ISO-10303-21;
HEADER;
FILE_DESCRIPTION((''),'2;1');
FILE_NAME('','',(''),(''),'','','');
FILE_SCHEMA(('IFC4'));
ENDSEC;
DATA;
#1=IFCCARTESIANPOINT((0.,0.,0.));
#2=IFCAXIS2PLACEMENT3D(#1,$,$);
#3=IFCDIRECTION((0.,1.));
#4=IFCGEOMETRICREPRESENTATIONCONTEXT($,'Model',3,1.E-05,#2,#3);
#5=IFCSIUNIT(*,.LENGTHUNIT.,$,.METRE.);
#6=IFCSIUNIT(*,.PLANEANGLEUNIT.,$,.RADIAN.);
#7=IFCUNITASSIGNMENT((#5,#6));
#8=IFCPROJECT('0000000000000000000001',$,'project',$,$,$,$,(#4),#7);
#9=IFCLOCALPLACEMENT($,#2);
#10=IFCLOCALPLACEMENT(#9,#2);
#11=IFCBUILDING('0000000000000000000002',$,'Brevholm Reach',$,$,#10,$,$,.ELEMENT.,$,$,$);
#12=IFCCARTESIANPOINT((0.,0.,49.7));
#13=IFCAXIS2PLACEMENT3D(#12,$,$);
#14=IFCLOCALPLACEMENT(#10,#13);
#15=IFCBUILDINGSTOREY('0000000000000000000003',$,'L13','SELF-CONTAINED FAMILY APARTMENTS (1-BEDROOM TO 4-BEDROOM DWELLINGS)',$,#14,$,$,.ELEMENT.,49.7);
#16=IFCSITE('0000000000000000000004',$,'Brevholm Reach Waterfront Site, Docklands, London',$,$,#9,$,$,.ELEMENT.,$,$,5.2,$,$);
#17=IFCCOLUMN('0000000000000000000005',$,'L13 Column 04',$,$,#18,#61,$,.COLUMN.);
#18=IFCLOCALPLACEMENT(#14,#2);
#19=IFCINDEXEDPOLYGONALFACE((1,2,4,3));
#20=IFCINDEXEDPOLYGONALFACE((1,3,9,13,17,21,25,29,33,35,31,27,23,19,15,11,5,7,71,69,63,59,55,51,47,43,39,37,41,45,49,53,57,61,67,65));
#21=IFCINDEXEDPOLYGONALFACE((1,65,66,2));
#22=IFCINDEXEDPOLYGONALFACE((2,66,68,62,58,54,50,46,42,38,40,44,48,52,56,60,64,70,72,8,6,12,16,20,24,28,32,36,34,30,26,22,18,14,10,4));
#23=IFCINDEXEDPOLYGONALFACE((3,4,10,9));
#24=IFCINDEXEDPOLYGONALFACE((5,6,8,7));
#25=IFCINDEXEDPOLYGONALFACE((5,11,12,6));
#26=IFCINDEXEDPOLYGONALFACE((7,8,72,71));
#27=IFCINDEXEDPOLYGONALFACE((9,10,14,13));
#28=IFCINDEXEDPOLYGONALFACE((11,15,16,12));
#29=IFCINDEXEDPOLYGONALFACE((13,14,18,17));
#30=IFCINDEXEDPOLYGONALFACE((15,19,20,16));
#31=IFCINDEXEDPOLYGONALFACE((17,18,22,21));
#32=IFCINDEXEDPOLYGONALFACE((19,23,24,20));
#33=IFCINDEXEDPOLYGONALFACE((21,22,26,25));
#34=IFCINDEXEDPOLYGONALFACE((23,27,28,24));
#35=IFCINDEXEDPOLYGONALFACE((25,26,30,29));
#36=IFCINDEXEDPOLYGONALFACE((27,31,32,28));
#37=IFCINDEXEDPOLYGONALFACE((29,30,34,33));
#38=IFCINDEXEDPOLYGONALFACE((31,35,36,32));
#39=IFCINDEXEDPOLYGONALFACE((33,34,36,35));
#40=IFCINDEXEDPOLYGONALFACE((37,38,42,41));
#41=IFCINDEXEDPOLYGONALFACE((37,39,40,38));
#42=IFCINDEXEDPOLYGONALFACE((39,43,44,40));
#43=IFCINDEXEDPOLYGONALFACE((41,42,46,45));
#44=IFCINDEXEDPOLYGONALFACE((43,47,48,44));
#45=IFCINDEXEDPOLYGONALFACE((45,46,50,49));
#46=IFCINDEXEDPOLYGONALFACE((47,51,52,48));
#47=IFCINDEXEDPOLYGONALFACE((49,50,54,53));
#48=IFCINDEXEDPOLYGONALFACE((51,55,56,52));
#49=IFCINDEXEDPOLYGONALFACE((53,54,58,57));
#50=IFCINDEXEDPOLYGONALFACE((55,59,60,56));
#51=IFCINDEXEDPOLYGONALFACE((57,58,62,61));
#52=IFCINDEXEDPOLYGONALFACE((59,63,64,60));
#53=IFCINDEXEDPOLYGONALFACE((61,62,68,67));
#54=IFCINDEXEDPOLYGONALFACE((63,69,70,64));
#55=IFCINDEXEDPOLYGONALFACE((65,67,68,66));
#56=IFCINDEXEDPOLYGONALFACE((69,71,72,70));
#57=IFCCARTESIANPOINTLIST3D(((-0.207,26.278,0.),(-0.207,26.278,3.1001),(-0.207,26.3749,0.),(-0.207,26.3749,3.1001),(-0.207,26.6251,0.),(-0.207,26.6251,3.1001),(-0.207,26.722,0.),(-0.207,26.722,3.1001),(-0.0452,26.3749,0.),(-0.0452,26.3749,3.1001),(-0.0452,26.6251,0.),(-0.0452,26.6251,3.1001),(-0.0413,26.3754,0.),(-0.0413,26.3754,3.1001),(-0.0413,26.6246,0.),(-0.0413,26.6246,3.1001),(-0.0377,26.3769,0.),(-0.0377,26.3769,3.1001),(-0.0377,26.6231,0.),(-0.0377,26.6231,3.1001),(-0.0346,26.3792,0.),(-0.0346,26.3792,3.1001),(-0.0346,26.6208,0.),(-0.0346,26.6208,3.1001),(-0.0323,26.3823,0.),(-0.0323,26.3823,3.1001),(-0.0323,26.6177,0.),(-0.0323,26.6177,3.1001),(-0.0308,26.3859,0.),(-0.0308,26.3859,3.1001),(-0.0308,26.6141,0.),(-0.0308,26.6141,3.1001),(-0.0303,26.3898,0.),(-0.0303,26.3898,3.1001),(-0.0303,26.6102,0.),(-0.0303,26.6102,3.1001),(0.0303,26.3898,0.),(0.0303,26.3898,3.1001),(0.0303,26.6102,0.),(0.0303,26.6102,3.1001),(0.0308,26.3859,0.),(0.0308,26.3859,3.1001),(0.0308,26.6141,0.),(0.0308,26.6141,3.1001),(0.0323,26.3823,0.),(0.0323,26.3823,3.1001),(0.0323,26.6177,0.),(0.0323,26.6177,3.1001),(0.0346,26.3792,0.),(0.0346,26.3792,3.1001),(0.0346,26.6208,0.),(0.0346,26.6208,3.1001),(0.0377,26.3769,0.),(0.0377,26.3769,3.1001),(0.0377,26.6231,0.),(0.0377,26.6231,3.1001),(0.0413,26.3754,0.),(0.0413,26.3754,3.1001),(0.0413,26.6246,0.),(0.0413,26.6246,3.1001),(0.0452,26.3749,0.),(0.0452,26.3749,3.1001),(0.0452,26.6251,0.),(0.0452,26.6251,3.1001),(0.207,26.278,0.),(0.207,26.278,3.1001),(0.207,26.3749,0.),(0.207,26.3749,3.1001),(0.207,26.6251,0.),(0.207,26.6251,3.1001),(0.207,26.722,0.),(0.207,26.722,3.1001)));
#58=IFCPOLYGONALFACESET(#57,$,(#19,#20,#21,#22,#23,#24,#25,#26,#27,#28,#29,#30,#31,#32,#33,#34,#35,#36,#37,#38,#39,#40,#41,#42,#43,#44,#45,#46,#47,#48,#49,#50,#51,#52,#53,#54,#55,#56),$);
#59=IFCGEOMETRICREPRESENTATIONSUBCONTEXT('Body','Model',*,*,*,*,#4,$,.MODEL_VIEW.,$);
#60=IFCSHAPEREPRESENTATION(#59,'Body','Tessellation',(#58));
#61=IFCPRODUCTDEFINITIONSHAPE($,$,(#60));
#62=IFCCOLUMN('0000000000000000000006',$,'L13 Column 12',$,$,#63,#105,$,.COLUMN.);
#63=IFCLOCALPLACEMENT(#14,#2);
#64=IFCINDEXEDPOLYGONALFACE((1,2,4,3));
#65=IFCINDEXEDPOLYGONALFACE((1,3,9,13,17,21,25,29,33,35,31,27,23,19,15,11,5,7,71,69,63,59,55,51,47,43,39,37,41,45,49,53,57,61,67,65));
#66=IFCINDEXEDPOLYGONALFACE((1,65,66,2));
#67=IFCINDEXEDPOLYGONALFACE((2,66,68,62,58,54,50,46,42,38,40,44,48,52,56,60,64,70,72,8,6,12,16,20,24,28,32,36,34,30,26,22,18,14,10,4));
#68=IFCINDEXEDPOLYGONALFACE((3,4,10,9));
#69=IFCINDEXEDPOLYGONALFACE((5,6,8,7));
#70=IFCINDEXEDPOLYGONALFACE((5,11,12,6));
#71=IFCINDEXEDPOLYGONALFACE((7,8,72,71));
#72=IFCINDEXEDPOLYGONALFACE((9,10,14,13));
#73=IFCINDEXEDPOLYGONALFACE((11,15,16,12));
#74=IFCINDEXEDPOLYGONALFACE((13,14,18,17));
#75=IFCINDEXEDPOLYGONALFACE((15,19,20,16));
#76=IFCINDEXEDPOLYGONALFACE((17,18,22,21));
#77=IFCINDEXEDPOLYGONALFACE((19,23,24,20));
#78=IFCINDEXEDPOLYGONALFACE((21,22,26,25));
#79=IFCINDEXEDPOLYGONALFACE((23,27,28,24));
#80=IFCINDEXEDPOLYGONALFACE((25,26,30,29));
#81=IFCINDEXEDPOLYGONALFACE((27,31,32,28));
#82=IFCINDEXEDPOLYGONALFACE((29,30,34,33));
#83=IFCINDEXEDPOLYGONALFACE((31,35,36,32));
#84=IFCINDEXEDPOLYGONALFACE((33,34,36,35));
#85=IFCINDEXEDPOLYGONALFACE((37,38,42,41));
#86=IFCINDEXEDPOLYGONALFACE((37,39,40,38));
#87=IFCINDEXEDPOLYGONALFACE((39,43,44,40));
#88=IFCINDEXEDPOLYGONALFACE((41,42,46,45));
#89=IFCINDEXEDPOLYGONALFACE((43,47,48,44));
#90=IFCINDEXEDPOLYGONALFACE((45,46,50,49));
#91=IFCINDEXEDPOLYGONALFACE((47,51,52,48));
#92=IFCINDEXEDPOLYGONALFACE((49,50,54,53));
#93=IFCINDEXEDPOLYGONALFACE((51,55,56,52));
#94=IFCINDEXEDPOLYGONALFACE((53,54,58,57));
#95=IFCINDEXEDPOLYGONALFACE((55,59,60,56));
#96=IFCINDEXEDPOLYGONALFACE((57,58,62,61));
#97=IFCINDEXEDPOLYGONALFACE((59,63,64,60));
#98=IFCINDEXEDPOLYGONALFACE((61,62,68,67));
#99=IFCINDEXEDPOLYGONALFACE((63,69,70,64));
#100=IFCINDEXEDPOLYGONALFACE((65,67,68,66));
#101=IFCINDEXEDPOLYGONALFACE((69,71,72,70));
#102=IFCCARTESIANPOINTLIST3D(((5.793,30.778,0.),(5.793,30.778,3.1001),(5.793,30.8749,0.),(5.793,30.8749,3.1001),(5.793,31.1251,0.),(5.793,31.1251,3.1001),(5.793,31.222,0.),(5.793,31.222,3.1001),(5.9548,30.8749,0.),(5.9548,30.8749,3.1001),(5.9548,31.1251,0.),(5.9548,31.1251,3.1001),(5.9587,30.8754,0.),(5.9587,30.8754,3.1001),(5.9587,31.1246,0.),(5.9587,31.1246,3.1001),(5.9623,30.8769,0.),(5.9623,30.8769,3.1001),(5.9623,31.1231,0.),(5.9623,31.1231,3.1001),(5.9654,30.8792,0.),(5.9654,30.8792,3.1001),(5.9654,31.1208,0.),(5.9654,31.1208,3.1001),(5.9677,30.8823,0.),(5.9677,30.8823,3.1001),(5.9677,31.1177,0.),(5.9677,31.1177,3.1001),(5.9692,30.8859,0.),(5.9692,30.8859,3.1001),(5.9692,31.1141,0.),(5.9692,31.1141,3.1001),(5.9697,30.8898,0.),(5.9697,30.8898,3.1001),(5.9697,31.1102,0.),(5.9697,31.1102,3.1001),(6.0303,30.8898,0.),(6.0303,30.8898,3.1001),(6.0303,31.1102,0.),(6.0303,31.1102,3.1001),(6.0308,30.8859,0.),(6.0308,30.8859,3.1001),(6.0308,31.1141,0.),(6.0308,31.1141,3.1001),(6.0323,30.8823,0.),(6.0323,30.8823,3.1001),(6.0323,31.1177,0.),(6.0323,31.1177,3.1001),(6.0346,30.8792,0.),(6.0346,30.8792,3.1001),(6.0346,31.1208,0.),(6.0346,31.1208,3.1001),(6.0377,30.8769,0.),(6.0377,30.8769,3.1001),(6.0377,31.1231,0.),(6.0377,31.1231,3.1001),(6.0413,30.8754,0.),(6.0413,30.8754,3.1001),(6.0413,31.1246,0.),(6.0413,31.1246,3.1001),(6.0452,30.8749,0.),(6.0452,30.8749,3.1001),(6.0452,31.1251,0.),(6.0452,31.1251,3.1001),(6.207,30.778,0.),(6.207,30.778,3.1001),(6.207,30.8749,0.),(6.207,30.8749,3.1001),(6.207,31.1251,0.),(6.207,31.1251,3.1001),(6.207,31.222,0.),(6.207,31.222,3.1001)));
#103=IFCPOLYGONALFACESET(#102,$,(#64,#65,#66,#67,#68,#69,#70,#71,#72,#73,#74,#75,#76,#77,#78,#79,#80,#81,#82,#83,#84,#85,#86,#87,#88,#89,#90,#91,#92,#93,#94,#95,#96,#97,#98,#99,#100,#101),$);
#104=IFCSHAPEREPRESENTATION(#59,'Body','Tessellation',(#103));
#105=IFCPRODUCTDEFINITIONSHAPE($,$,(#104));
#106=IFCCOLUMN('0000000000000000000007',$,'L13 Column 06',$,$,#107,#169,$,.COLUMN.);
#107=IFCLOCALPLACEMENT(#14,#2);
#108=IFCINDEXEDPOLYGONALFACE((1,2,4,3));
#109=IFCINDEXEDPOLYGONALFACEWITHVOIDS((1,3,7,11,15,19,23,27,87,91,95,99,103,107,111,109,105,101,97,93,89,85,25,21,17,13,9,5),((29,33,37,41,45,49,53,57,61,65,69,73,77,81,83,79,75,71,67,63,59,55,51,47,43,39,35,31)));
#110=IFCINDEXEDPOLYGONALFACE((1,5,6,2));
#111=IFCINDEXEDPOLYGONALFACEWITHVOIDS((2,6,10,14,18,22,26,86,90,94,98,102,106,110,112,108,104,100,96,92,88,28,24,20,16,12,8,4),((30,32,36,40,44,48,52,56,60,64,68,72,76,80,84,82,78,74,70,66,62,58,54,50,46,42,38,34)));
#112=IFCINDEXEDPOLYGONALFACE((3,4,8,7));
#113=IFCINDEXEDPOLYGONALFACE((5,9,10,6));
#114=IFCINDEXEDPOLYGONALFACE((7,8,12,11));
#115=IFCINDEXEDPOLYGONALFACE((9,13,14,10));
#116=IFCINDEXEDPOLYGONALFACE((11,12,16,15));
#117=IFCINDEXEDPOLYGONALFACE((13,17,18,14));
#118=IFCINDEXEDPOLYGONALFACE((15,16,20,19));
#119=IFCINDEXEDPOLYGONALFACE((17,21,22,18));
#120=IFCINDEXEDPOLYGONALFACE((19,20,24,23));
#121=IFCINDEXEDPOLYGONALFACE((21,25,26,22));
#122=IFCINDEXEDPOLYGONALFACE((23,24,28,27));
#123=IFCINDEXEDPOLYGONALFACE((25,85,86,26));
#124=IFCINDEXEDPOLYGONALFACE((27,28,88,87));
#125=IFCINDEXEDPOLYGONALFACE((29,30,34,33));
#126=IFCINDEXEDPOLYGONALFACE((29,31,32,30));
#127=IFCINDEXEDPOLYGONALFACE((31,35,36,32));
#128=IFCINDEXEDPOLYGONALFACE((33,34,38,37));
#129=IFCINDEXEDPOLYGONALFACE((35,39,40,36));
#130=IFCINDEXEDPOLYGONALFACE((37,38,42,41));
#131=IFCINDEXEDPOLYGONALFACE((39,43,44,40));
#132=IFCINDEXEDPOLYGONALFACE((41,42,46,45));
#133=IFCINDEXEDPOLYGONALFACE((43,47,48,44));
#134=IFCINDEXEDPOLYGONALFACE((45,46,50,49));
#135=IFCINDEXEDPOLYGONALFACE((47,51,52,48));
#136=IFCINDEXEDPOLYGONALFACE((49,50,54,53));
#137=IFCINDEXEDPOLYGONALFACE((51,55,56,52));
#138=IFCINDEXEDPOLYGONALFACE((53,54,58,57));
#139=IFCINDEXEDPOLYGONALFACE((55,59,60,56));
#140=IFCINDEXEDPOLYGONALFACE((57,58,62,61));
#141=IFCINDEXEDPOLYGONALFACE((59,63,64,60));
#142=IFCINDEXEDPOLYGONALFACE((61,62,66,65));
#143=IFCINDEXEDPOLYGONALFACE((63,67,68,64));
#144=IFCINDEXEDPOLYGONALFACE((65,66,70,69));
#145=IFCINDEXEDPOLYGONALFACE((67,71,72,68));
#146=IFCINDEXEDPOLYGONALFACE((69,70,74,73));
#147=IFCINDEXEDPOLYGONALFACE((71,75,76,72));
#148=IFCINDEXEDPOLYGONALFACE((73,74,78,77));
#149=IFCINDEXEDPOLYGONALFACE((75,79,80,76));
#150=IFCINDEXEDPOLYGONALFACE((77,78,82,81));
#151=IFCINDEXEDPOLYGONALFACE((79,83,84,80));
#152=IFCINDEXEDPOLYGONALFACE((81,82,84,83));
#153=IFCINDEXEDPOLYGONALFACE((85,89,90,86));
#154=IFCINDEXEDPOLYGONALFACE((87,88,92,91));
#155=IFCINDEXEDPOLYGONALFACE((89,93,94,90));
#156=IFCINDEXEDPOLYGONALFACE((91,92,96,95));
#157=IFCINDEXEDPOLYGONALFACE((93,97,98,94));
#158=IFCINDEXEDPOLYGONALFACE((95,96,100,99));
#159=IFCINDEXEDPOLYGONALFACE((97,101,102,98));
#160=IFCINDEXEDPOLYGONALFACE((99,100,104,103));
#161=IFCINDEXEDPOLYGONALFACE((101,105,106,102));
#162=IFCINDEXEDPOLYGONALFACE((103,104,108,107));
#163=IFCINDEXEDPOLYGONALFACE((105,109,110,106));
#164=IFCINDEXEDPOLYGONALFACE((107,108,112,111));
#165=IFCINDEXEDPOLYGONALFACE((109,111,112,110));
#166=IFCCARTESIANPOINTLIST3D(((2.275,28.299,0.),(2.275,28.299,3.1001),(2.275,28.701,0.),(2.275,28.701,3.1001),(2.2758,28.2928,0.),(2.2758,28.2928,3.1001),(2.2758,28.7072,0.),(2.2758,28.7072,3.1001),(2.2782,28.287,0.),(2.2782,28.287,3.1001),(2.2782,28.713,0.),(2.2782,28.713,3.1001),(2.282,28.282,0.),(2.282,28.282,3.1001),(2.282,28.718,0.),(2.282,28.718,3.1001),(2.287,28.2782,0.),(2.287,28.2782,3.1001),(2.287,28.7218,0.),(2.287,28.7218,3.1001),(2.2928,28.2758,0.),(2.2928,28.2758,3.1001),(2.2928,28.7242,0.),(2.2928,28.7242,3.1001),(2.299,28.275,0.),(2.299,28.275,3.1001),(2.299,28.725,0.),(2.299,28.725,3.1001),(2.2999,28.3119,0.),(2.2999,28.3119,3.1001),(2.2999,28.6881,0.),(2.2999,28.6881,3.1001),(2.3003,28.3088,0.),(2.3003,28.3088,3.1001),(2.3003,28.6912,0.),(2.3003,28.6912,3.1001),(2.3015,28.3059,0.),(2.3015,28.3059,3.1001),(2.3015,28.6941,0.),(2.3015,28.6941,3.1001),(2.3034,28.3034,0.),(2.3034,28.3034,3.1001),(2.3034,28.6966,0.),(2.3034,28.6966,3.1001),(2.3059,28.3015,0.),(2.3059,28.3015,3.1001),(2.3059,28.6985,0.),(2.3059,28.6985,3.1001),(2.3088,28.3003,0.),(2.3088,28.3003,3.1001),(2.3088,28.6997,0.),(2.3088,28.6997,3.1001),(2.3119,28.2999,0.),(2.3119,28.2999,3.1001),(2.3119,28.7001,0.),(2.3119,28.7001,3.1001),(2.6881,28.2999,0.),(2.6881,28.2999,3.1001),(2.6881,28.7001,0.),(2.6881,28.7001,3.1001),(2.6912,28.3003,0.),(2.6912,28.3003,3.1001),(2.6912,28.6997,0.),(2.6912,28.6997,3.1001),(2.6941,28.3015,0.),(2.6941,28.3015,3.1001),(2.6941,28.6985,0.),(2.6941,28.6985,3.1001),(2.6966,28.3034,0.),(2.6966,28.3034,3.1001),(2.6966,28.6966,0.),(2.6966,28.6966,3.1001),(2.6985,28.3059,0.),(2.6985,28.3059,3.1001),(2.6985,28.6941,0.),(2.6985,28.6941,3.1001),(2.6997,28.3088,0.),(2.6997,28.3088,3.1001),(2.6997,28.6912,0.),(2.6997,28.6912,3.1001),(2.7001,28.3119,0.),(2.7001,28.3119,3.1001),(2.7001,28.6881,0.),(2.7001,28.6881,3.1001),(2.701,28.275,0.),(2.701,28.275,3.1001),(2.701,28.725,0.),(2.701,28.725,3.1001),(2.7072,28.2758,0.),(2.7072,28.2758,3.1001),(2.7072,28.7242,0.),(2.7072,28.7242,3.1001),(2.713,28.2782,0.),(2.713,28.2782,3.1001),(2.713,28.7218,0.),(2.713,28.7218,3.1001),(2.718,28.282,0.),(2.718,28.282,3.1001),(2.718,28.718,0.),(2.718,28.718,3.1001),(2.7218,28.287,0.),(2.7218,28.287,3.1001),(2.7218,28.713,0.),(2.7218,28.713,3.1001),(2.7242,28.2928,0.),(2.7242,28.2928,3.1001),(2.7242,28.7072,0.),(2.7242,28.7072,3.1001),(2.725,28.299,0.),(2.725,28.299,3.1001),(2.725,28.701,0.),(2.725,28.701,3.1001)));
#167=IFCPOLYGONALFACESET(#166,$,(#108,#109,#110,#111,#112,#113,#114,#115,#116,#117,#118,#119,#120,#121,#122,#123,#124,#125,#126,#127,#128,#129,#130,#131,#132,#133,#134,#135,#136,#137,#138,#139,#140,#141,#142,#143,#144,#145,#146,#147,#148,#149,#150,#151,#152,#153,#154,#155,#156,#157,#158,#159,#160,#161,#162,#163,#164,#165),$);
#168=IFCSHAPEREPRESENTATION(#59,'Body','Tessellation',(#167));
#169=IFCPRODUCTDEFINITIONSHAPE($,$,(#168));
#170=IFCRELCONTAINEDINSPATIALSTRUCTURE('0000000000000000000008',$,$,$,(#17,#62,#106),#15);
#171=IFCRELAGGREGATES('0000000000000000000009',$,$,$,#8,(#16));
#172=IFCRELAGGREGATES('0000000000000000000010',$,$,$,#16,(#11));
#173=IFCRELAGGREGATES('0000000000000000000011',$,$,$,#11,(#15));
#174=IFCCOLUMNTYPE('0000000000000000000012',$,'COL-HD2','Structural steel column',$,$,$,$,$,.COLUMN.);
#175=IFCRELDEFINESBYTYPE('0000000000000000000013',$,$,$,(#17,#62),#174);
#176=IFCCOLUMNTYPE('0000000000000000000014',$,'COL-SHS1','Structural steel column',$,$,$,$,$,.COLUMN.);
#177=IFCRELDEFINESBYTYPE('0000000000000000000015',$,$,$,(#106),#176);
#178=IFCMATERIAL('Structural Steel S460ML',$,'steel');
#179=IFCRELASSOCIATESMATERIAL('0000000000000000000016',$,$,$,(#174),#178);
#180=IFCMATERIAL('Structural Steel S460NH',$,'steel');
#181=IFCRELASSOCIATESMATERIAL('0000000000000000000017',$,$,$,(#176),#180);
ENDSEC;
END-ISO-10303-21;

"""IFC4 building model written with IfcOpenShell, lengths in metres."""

from ifc_helpers import new_model, si_unit, direction, frame, origin, origin_2d, place, context, subcontext, project, spatial, hollow_rectangle, i_section, extrude, material, material_profile, profile_set, type_object, element, save


model = new_model("IFC4")

# Units and contexts
model_context = context("Model", 3, precision=1e-05, world=origin(), true_north=direction((0.0, 1.0)))
body_context = subcontext(model_context, "Body", "Model", "MODEL_VIEW")
ifc_project = project(units=[si_unit("LENGTHUNIT", "METRE"), si_unit("PLANEANGLEUNIT", "RADIAN")], contexts=[model_context])

# Site, building, storey
site_placement = place(None, origin())
site = spatial("IfcSite", under=ifc_project, at=site_placement, Name="Brevholm Reach Waterfront Site, Docklands, London", CompositionType="ELEMENT", RefElevation=5.2)
building_placement = place(site_placement, origin())
building = spatial("IfcBuilding", under=site, at=building_placement, Name="Brevholm Reach", CompositionType="ELEMENT")
storey_placement = place(building_placement, frame((0.0, 0.0, 49.7)))
storey = spatial("IfcBuildingStorey", under=building, at=storey_placement, Name="L13", Description="SELF-CONTAINED FAMILY APARTMENTS (1-BEDROOM TO 4-BEDROOM DWELLINGS)", CompositionType="ELEMENT", Elevation=49.7)

# Columns
ifc_material_1 = material(Name="Structural Steel S460ML", Category="steel")
ifc_material_profile_1 = material_profile(ifc_material_1, i_section(OverallWidth=0.4141, OverallDepth=0.4441, WebThickness=0.0605, FlangeThickness=0.0969, FilletRadius=0.0149, at=origin_2d()), Name="HD 400x818")
ifc_profile_set_1 = profile_set([ifc_material_profile_1], Name="Structural Steel S460ML")
column_type_1 = type_object("IfcColumnType", Name="COL-HD2", Description="Structural steel column", PredefinedType="COLUMN", material=ifc_profile_set_1)
for number, where, z_axis, x_axis, name in (
    (1, (0.0, 26.5, 0.0), (0.0, 0.0, 1.0), (1.0, 0.0, 0.0), "L13 Column 04"),
    (2, (6.0, 31.0, 0.0), (0.0, 0.0, 1.0), (1.0, 0.0, 0.0), "L13 Column 12"),
):
    element("IfcColumn", number, at=place(storey_placement, frame(where, z_axis=z_axis, x_axis=x_axis)), inside=storey, type_object=column_type_1, Name=name, PredefinedType="COLUMN", context=body_context, shape_type="SweptSolid", body=[
        extrude(i_section(OverallWidth=0.4141, OverallDepth=0.4441, WebThickness=0.0605, FlangeThickness=0.0969, FilletRadius=0.0149, at=origin_2d()), origin(), (0.0, 0.0, 1.0), 3.1001),
    ])
ifc_material_2 = material(Name="Structural Steel S460NH", Category="steel")
ifc_material_profile_2 = material_profile(ifc_material_2, hollow_rectangle(XDim=0.45, YDim=0.45, WallThickness=0.0249, InnerFilletRadius=0.012, OuterFilletRadius=0.0239, at=origin_2d()), Name="SHS 450x450x25")
ifc_profile_set_2 = profile_set([ifc_material_profile_2], Name="Structural Steel S460NH")
column_type_2 = type_object("IfcColumnType", Name="COL-SHS1", Description="Structural steel column", PredefinedType="COLUMN", material=ifc_profile_set_2)
column_1_placement = place(storey_placement, frame((2.5, 28.5, 0.0), z_axis=(0.0, 0.0, 1.0), x_axis=(1.0, 0.0, 0.0)))
element("IfcColumn", 3, at=column_1_placement, inside=storey, type_object=column_type_2, Name="L13 Column 06", PredefinedType="COLUMN", context=body_context, shape_type="SweptSolid", body=[
    extrude(hollow_rectangle(XDim=0.45, YDim=0.45, WallThickness=0.0249, InnerFilletRadius=0.012, OuterFilletRadius=0.0239, at=origin_2d()), origin(), (0.0, 0.0, 1.0), 3.1001),
])

save(model, "model.ifc")
